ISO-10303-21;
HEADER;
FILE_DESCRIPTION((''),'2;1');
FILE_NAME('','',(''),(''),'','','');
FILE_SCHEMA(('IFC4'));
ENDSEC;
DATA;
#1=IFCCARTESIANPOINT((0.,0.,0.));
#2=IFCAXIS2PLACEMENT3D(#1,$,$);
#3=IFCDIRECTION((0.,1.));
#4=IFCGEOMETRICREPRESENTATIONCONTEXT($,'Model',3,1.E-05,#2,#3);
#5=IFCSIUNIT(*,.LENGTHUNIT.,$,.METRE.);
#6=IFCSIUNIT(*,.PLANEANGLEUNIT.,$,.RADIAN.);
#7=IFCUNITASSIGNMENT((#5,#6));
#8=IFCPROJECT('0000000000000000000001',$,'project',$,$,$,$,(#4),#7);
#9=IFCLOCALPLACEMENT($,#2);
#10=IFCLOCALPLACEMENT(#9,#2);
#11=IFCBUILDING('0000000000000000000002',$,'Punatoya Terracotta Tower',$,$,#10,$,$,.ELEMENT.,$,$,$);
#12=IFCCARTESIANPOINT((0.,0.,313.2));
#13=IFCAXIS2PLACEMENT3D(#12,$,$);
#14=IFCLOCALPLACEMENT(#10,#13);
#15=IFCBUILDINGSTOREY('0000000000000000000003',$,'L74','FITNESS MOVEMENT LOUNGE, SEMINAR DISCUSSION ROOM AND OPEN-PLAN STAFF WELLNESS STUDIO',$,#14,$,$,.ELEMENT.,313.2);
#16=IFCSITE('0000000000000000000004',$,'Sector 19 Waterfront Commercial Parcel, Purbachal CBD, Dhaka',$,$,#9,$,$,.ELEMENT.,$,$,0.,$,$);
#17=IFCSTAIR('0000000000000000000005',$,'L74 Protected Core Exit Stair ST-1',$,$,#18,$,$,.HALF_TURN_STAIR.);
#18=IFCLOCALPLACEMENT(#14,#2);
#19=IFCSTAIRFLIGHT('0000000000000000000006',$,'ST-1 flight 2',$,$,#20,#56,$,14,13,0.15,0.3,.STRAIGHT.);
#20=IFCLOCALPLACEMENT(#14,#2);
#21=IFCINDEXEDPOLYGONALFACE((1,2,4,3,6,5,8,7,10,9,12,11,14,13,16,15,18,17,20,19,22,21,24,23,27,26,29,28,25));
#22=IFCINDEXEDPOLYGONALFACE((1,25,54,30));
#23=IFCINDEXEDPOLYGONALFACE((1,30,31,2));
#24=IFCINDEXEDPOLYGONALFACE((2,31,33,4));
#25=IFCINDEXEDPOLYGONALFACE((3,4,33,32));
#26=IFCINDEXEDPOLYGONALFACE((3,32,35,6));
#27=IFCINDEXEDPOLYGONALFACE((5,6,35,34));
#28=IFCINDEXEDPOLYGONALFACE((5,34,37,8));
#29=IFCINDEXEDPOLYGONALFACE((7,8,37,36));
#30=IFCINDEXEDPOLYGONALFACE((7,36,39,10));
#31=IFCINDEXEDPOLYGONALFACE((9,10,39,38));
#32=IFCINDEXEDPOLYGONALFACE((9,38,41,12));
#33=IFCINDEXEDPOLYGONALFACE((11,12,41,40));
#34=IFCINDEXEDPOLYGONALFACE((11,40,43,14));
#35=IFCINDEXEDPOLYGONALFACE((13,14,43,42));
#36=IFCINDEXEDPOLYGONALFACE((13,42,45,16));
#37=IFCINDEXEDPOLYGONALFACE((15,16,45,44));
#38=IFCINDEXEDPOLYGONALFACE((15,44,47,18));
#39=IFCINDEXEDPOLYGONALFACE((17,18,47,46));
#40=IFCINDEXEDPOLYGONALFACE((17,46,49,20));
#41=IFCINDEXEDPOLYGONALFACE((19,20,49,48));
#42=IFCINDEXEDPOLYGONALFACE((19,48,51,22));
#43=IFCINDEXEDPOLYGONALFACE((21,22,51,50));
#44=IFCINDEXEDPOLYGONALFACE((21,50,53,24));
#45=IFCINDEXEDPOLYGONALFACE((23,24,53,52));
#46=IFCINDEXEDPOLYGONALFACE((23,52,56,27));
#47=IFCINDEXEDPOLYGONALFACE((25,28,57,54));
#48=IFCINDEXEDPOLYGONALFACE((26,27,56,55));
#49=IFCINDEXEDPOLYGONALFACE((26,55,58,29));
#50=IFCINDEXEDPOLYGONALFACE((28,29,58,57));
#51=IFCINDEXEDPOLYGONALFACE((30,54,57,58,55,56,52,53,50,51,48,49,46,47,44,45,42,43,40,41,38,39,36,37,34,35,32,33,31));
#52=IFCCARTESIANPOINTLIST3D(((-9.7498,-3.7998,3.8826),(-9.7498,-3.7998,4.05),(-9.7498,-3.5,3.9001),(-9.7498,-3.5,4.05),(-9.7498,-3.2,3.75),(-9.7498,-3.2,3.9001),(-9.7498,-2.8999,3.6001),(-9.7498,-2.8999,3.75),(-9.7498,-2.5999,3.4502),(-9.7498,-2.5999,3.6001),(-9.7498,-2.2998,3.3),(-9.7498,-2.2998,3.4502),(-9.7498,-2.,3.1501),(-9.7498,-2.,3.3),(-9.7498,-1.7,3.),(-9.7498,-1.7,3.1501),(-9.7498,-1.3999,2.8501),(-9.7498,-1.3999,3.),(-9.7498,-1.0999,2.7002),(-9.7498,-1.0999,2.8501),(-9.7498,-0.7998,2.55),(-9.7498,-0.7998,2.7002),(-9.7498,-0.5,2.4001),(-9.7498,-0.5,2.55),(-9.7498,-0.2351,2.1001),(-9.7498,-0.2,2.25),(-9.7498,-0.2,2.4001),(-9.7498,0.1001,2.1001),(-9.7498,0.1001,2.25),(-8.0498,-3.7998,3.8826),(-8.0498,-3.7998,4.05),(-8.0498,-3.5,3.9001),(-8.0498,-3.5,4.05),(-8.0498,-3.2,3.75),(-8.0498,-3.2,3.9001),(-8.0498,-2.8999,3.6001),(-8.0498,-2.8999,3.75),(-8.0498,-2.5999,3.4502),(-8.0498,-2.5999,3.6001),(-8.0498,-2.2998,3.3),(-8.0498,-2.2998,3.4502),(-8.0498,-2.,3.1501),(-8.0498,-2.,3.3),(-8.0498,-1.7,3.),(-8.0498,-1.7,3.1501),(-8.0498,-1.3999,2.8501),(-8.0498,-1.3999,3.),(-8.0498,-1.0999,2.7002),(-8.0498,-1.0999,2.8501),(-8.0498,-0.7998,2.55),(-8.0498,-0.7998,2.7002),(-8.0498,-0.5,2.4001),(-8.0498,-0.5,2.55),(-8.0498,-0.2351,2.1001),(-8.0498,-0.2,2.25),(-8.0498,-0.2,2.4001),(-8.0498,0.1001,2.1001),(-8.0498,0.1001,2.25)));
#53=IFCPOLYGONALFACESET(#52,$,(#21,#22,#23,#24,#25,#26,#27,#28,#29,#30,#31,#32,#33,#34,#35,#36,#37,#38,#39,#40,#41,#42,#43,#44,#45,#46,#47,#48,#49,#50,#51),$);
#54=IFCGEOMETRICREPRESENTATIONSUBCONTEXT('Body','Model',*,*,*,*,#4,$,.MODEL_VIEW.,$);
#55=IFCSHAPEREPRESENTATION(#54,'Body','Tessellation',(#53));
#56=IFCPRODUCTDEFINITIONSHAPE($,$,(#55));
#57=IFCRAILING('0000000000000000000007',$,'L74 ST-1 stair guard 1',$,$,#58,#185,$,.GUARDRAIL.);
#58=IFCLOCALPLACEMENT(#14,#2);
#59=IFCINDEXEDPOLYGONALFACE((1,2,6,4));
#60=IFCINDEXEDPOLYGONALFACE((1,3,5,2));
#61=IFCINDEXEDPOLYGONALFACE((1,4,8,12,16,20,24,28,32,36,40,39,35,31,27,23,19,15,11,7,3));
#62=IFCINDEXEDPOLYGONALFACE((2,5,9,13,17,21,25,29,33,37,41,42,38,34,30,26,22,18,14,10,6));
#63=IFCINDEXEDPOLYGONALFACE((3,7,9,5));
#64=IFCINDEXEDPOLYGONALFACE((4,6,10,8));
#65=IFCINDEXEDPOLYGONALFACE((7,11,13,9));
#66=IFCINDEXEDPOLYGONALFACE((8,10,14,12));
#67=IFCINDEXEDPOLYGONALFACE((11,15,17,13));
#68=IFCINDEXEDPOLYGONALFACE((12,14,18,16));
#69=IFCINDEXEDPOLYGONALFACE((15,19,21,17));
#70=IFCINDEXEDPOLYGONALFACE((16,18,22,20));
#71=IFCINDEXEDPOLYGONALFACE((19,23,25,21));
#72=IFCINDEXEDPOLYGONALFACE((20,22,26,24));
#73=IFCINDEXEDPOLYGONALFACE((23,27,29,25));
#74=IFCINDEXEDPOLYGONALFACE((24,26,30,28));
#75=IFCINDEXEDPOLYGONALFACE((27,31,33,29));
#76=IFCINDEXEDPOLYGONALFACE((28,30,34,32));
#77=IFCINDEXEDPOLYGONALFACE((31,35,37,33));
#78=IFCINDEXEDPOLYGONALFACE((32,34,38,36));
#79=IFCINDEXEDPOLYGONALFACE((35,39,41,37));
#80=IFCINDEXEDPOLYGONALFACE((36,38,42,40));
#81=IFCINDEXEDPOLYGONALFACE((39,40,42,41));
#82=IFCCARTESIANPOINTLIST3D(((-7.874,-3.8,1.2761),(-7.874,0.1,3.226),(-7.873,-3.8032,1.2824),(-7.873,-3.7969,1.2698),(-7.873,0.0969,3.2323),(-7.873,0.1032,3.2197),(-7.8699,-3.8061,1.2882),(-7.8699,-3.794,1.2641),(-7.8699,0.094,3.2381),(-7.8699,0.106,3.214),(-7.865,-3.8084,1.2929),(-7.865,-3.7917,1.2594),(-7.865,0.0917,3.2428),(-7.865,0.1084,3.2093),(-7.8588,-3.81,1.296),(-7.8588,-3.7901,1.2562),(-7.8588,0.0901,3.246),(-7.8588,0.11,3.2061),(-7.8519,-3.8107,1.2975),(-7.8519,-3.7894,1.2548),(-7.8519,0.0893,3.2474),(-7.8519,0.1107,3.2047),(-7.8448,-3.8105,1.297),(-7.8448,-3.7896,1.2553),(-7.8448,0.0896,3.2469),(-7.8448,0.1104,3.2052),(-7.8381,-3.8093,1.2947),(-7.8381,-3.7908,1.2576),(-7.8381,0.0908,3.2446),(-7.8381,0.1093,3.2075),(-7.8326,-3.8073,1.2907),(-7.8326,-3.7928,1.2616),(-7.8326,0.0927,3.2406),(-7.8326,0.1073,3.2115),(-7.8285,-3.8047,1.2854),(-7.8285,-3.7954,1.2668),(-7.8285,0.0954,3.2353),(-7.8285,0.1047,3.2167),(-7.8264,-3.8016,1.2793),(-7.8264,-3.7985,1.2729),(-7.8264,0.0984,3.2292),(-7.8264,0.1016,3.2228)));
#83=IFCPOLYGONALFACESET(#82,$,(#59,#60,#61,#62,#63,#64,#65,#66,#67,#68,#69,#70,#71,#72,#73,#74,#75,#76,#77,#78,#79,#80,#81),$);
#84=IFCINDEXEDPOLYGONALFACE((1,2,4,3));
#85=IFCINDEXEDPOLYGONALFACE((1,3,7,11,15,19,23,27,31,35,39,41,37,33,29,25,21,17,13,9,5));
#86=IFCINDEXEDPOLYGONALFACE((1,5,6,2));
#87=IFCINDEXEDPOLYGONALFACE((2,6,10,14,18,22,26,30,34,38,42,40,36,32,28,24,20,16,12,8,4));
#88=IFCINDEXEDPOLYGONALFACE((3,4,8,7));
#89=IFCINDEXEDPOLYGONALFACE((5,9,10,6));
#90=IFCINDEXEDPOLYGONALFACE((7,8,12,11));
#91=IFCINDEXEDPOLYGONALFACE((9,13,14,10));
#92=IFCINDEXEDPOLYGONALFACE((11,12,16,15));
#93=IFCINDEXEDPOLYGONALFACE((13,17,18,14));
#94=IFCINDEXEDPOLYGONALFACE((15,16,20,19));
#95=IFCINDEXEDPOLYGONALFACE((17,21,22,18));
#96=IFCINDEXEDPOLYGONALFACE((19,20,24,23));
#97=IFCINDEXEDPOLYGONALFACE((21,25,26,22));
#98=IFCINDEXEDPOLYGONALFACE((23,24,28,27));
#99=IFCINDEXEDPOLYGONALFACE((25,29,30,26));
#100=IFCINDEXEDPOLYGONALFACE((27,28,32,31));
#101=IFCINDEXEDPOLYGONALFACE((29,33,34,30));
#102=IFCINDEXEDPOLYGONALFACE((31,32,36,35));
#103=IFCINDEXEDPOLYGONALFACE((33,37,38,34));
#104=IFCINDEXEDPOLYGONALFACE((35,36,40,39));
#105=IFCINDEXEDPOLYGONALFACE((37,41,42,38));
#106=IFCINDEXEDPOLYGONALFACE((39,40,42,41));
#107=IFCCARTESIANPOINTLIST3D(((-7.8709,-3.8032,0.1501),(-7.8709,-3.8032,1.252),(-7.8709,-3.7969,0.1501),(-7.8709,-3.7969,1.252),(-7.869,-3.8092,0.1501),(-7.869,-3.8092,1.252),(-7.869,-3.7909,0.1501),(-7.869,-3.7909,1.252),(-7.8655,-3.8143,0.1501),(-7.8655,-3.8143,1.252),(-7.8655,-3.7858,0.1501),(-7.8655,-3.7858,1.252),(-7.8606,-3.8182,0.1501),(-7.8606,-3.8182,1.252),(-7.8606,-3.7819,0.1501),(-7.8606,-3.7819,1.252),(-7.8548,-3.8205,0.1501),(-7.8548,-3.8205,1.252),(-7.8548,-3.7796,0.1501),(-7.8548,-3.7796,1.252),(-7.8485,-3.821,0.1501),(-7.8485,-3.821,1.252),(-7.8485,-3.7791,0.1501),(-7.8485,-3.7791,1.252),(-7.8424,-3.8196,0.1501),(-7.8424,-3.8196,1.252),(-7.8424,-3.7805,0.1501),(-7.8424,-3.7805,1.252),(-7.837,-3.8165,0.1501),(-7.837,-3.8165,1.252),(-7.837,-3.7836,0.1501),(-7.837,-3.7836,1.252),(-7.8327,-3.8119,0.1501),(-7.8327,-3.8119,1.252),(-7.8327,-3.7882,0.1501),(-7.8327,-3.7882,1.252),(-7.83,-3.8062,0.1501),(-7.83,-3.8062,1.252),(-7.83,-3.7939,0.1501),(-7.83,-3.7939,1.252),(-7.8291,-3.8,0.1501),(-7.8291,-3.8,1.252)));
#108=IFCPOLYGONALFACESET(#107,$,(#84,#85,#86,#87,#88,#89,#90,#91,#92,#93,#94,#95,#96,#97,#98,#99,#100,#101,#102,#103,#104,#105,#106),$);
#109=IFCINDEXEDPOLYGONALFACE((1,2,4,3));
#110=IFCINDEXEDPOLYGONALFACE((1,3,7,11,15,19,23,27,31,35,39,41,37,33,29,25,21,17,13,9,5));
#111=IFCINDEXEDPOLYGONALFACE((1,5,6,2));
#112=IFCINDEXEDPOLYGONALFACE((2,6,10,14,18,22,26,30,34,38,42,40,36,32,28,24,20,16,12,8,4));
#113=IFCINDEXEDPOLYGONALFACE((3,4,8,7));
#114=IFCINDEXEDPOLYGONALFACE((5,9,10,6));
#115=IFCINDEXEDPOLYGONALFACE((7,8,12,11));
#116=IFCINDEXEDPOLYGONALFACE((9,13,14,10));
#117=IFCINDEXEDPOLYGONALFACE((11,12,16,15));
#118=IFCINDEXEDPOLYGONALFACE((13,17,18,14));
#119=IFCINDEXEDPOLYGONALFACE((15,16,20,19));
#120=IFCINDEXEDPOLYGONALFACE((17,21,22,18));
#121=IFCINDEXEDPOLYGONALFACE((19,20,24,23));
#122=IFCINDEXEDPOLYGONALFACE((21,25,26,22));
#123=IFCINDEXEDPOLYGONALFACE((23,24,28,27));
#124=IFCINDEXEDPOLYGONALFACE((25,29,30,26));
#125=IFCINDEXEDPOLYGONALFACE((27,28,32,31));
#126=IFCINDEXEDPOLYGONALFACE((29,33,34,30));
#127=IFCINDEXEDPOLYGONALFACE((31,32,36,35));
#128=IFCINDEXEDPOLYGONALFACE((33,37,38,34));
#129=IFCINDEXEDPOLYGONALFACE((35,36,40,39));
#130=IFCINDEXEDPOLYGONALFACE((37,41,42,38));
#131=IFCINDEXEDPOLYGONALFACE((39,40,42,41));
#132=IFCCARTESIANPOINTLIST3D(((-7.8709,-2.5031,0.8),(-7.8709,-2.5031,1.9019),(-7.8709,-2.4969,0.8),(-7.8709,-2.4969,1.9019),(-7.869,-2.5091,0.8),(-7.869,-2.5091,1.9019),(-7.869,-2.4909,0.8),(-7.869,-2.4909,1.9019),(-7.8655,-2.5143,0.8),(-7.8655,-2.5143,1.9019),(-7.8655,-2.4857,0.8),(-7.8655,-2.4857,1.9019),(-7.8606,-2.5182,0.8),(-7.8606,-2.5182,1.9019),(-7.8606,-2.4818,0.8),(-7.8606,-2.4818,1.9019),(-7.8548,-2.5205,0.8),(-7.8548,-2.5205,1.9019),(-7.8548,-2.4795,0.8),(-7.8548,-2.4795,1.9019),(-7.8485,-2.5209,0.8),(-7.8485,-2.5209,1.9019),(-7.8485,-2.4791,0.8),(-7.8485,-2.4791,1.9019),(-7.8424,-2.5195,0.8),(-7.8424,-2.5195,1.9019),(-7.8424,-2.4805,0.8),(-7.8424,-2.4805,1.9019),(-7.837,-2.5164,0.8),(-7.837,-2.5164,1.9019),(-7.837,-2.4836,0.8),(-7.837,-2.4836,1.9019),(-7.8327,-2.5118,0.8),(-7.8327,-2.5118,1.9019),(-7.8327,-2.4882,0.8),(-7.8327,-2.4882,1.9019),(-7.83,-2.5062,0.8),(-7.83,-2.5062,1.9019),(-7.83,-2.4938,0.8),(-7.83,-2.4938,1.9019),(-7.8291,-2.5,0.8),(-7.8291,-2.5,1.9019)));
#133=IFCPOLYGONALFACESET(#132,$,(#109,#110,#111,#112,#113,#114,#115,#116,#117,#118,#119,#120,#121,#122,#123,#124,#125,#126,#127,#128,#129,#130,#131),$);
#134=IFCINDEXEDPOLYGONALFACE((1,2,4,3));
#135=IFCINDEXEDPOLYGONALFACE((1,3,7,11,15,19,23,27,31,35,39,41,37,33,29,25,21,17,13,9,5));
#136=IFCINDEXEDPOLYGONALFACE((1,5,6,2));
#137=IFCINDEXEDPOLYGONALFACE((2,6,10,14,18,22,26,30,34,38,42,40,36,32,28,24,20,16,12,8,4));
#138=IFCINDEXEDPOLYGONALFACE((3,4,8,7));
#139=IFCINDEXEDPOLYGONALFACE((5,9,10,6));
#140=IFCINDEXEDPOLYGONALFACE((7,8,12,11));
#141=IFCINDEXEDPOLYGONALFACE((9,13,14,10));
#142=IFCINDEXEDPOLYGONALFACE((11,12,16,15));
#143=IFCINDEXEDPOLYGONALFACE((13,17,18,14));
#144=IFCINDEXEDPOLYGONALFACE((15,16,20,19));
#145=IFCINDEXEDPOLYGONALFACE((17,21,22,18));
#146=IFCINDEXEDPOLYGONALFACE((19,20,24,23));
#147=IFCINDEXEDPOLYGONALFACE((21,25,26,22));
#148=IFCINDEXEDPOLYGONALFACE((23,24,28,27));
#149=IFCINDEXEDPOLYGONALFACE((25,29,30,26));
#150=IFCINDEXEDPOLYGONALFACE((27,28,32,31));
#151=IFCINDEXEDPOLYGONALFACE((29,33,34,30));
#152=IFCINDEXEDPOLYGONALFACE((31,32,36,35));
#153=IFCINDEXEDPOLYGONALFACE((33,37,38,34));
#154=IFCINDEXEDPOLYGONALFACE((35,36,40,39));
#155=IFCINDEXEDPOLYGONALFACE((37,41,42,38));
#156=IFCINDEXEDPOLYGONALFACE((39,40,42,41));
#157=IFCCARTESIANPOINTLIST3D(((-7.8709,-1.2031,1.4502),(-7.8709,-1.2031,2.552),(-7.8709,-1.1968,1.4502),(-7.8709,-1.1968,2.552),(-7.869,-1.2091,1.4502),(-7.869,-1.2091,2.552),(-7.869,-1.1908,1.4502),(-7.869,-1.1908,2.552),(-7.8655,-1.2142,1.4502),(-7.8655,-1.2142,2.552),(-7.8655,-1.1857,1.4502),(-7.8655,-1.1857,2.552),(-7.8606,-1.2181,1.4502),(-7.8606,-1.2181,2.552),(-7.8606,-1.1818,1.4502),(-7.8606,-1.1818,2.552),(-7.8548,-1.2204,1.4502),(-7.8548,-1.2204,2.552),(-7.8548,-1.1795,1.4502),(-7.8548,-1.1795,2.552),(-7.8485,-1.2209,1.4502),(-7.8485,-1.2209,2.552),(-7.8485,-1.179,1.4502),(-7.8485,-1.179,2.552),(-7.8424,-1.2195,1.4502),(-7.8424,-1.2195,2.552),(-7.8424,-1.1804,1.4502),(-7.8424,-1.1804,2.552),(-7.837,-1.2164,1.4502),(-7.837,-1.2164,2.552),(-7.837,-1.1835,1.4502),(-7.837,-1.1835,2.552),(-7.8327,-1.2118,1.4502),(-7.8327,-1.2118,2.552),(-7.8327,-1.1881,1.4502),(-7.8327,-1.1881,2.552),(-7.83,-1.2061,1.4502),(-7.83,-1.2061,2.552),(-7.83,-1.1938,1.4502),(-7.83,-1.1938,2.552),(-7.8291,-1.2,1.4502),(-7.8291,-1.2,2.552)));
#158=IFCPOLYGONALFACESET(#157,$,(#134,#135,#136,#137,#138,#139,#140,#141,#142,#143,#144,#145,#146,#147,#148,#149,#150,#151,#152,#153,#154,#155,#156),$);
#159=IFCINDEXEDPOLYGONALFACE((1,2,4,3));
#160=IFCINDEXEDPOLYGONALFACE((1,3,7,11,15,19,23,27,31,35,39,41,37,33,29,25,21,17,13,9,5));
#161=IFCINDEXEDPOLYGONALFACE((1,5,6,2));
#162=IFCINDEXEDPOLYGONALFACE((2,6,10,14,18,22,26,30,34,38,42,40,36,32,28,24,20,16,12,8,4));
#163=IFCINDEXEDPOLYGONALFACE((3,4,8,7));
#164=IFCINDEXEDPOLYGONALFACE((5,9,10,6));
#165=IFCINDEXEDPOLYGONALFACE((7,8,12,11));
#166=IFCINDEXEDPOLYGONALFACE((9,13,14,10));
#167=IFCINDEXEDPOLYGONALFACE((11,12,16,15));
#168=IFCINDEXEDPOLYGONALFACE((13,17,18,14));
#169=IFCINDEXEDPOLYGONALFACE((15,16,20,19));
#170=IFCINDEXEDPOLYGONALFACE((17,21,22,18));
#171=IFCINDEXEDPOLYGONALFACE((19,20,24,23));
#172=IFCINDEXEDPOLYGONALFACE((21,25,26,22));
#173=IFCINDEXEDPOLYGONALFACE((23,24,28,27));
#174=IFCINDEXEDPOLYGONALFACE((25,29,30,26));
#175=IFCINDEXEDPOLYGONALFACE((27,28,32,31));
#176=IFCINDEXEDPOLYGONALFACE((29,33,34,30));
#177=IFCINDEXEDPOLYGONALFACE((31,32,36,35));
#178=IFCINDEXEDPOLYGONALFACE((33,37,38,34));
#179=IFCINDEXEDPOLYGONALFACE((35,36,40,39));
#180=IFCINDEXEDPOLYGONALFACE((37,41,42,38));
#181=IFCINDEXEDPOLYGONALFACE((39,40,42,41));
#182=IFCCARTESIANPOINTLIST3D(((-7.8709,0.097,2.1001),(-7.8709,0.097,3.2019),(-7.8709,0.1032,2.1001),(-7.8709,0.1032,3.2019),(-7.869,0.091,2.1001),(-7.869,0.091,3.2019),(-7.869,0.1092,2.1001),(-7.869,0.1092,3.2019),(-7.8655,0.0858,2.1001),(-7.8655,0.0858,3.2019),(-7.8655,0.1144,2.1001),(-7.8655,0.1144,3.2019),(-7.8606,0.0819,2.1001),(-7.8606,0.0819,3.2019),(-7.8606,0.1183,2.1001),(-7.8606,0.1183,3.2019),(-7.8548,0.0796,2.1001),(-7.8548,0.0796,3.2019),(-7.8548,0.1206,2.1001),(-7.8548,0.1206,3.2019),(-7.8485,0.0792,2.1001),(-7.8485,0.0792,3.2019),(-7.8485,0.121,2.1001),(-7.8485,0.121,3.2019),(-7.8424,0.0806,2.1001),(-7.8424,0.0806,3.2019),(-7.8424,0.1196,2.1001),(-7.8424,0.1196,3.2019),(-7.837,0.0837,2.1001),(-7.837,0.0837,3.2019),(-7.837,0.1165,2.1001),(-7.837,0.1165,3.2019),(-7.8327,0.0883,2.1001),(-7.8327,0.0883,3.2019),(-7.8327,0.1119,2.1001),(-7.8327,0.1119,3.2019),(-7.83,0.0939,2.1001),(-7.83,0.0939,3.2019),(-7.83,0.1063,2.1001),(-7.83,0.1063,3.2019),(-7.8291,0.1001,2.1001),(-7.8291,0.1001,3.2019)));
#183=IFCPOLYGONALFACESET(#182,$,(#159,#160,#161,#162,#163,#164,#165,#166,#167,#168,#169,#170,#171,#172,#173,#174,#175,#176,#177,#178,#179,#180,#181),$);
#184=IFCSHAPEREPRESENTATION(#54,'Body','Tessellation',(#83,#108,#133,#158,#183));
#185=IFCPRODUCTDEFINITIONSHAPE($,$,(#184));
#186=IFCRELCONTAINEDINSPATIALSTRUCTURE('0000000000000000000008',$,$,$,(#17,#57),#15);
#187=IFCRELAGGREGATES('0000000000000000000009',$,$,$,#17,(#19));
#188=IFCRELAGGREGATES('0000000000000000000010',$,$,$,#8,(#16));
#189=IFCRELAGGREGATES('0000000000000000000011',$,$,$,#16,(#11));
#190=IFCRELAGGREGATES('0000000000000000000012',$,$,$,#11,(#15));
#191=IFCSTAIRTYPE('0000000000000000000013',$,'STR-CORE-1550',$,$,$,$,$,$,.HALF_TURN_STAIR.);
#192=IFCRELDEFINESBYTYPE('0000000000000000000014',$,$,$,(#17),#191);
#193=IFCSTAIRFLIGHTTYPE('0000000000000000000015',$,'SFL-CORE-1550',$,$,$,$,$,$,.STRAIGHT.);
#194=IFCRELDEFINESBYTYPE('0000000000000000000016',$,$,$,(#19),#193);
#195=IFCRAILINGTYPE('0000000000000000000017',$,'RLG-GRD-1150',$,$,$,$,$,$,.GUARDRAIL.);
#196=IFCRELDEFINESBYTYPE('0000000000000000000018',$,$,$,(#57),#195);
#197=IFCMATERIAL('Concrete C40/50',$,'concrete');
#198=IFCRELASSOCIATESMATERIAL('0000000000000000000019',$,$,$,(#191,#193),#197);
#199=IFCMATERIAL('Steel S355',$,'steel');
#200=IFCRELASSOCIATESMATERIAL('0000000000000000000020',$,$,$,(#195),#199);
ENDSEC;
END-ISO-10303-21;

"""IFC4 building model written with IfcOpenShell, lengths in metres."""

from ifc_helpers import new_model, si_unit, direction, frame, origin, origin_2d, place, context, subcontext, project, spatial, polyline, circle, outline, extrude, material, type_object, element, aggregate, save


model = new_model("IFC4")

# Units and contexts
model_context = context("Model", 3, precision=1e-05, world=origin(), true_north=direction((0.0, 1.0)))
body_context = subcontext(model_context, "Body", "Model", "MODEL_VIEW")
ifc_project = project(units=[si_unit("LENGTHUNIT", "METRE"), si_unit("PLANEANGLEUNIT", "RADIAN")], contexts=[model_context])

# Site, building, storey
site_placement = place(None, origin())
site = spatial("IfcSite", under=ifc_project, at=site_placement, Name="Sector 19 Waterfront Commercial Parcel, Purbachal CBD, Dhaka", CompositionType="ELEMENT", RefElevation=0.0)
building_placement = place(site_placement, origin())
building = spatial("IfcBuilding", under=site, at=building_placement, Name="Punatoya Terracotta Tower", CompositionType="ELEMENT")
storey_placement = place(building_placement, frame((0.0, 0.0, 313.2)))
storey = spatial("IfcBuildingStorey", under=building, at=storey_placement, Name="L74", Description="FITNESS MOVEMENT LOUNGE, SEMINAR DISCUSSION ROOM AND OPEN-PLAN STAFF WELLNESS STUDIO", CompositionType="ELEMENT", Elevation=313.2)

# Shared definitions
ifc_material_1 = material(Name="Steel S355", Category="steel")

# Shared definitions
ifc_material_2 = material(Name="Concrete C40/50", Category="concrete")

# Stair, stair flight
stair_type = type_object("IfcStairType", Name="STR-CORE-1550", PredefinedType="HALF_TURN_STAIR", material=ifc_material_2)
stair_placement = place(storey_placement, origin())
stair = element("IfcStair", 1, at=stair_placement, inside=storey, type_object=stair_type, Name="L74 Protected Core Exit Stair ST-1", PredefinedType="HALF_TURN_STAIR")
stair_flight_type = type_object("IfcStairFlightType", Name="SFL-CORE-1550", PredefinedType="STRAIGHT", material=ifc_material_2)
stair_flight_1_placement = place(storey_placement, frame((-8.8999, 0.1001, 2.1001), z_axis=(0.0, 0.0, 1.0), x_axis=(0.0, -1.0, 0.0)))
stair_flight_1 = element("IfcStairFlight", 2, at=stair_flight_1_placement, type_object=stair_flight_type, Name="ST-1 flight 2", NumberOfRisers=14, NumberOfTreads=13, PredefinedType="STRAIGHT", RiserHeight=0.15, TreadLength=0.3, context=body_context, shape_type="SweptSolid", body=[
    extrude(outline(polyline([(0.0, 0.0), (0.0, 0.1499), (0.3, 0.1499), (0.3, 0.3), (0.6001, 0.3), (0.6001, 0.45), (0.8999, 0.45), (0.8999, 0.6001), (1.2, 0.6001), (1.2, 0.75), (1.5, 0.75), (1.5, 0.8999), (1.8, 0.8999), (1.8, 1.05), (2.1001, 1.05), (2.1001, 1.2), (2.3999, 1.2), (2.3999, 1.3501), (2.7, 1.3501), (2.7, 1.5), (3.0, 1.5), (3.0, 1.6499), (3.3, 1.6499), (3.3, 1.8), (3.6001, 1.8), (3.6001, 1.95), (3.8999, 1.95), (3.8999, 2.1001), (3.8999, 1.7825), (0.3352, 0.0), (0.0, 0.0)])), frame((0.0, 0.8501, 0.0), z_axis=(0.0, -1.0, 0.0), x_axis=(1.0, 0.0, 0.0)), (0.0, 0.0, 1.0), 1.7),
])
aggregate(stair, [stair_flight_1])

# Railing
railing_type_1 = type_object("IfcRailingType", Name="RLG-GRD-1150", PredefinedType="GUARDRAIL", material=ifc_material_1)
railing_1_placement = place(storey_placement, frame((-7.8501, -3.8, 0.1501)))
element("IfcRailing", 3, at=railing_1_placement, inside=storey, type_object=railing_type_1, Name="L74 ST-1 stair guard 1", PredefinedType="GUARDRAIL", context=body_context, shape_type="SweptSolid", body=[
    extrude(circle(Radius=0.0239, at=origin_2d()), frame((0.0, 0.0, 1.126), z_axis=(0.0, 0.894438, 0.447191), x_axis=(-1.0, 0.0, 0.0)), (0.0, 0.0, 1.0), 4.3604),
    extrude(circle(Radius=0.021, at=origin_2d()), origin(), (0.0, 0.0, 1.0), 1.1018),
    extrude(circle(Radius=0.021, at=origin_2d()), frame((0.0, 1.3, 0.6499)), (0.0, 0.0, 1.0), 1.1018),
    extrude(circle(Radius=0.021, at=origin_2d()), frame((0.0, 2.6001, 1.3)), (0.0, 0.0, 1.0), 1.1018),
    extrude(circle(Radius=0.021, at=origin_2d()), frame((0.0, 3.9001, 1.95)), (0.0, 0.0, 1.0), 1.1018),
])

save(model, "model.ifc")
